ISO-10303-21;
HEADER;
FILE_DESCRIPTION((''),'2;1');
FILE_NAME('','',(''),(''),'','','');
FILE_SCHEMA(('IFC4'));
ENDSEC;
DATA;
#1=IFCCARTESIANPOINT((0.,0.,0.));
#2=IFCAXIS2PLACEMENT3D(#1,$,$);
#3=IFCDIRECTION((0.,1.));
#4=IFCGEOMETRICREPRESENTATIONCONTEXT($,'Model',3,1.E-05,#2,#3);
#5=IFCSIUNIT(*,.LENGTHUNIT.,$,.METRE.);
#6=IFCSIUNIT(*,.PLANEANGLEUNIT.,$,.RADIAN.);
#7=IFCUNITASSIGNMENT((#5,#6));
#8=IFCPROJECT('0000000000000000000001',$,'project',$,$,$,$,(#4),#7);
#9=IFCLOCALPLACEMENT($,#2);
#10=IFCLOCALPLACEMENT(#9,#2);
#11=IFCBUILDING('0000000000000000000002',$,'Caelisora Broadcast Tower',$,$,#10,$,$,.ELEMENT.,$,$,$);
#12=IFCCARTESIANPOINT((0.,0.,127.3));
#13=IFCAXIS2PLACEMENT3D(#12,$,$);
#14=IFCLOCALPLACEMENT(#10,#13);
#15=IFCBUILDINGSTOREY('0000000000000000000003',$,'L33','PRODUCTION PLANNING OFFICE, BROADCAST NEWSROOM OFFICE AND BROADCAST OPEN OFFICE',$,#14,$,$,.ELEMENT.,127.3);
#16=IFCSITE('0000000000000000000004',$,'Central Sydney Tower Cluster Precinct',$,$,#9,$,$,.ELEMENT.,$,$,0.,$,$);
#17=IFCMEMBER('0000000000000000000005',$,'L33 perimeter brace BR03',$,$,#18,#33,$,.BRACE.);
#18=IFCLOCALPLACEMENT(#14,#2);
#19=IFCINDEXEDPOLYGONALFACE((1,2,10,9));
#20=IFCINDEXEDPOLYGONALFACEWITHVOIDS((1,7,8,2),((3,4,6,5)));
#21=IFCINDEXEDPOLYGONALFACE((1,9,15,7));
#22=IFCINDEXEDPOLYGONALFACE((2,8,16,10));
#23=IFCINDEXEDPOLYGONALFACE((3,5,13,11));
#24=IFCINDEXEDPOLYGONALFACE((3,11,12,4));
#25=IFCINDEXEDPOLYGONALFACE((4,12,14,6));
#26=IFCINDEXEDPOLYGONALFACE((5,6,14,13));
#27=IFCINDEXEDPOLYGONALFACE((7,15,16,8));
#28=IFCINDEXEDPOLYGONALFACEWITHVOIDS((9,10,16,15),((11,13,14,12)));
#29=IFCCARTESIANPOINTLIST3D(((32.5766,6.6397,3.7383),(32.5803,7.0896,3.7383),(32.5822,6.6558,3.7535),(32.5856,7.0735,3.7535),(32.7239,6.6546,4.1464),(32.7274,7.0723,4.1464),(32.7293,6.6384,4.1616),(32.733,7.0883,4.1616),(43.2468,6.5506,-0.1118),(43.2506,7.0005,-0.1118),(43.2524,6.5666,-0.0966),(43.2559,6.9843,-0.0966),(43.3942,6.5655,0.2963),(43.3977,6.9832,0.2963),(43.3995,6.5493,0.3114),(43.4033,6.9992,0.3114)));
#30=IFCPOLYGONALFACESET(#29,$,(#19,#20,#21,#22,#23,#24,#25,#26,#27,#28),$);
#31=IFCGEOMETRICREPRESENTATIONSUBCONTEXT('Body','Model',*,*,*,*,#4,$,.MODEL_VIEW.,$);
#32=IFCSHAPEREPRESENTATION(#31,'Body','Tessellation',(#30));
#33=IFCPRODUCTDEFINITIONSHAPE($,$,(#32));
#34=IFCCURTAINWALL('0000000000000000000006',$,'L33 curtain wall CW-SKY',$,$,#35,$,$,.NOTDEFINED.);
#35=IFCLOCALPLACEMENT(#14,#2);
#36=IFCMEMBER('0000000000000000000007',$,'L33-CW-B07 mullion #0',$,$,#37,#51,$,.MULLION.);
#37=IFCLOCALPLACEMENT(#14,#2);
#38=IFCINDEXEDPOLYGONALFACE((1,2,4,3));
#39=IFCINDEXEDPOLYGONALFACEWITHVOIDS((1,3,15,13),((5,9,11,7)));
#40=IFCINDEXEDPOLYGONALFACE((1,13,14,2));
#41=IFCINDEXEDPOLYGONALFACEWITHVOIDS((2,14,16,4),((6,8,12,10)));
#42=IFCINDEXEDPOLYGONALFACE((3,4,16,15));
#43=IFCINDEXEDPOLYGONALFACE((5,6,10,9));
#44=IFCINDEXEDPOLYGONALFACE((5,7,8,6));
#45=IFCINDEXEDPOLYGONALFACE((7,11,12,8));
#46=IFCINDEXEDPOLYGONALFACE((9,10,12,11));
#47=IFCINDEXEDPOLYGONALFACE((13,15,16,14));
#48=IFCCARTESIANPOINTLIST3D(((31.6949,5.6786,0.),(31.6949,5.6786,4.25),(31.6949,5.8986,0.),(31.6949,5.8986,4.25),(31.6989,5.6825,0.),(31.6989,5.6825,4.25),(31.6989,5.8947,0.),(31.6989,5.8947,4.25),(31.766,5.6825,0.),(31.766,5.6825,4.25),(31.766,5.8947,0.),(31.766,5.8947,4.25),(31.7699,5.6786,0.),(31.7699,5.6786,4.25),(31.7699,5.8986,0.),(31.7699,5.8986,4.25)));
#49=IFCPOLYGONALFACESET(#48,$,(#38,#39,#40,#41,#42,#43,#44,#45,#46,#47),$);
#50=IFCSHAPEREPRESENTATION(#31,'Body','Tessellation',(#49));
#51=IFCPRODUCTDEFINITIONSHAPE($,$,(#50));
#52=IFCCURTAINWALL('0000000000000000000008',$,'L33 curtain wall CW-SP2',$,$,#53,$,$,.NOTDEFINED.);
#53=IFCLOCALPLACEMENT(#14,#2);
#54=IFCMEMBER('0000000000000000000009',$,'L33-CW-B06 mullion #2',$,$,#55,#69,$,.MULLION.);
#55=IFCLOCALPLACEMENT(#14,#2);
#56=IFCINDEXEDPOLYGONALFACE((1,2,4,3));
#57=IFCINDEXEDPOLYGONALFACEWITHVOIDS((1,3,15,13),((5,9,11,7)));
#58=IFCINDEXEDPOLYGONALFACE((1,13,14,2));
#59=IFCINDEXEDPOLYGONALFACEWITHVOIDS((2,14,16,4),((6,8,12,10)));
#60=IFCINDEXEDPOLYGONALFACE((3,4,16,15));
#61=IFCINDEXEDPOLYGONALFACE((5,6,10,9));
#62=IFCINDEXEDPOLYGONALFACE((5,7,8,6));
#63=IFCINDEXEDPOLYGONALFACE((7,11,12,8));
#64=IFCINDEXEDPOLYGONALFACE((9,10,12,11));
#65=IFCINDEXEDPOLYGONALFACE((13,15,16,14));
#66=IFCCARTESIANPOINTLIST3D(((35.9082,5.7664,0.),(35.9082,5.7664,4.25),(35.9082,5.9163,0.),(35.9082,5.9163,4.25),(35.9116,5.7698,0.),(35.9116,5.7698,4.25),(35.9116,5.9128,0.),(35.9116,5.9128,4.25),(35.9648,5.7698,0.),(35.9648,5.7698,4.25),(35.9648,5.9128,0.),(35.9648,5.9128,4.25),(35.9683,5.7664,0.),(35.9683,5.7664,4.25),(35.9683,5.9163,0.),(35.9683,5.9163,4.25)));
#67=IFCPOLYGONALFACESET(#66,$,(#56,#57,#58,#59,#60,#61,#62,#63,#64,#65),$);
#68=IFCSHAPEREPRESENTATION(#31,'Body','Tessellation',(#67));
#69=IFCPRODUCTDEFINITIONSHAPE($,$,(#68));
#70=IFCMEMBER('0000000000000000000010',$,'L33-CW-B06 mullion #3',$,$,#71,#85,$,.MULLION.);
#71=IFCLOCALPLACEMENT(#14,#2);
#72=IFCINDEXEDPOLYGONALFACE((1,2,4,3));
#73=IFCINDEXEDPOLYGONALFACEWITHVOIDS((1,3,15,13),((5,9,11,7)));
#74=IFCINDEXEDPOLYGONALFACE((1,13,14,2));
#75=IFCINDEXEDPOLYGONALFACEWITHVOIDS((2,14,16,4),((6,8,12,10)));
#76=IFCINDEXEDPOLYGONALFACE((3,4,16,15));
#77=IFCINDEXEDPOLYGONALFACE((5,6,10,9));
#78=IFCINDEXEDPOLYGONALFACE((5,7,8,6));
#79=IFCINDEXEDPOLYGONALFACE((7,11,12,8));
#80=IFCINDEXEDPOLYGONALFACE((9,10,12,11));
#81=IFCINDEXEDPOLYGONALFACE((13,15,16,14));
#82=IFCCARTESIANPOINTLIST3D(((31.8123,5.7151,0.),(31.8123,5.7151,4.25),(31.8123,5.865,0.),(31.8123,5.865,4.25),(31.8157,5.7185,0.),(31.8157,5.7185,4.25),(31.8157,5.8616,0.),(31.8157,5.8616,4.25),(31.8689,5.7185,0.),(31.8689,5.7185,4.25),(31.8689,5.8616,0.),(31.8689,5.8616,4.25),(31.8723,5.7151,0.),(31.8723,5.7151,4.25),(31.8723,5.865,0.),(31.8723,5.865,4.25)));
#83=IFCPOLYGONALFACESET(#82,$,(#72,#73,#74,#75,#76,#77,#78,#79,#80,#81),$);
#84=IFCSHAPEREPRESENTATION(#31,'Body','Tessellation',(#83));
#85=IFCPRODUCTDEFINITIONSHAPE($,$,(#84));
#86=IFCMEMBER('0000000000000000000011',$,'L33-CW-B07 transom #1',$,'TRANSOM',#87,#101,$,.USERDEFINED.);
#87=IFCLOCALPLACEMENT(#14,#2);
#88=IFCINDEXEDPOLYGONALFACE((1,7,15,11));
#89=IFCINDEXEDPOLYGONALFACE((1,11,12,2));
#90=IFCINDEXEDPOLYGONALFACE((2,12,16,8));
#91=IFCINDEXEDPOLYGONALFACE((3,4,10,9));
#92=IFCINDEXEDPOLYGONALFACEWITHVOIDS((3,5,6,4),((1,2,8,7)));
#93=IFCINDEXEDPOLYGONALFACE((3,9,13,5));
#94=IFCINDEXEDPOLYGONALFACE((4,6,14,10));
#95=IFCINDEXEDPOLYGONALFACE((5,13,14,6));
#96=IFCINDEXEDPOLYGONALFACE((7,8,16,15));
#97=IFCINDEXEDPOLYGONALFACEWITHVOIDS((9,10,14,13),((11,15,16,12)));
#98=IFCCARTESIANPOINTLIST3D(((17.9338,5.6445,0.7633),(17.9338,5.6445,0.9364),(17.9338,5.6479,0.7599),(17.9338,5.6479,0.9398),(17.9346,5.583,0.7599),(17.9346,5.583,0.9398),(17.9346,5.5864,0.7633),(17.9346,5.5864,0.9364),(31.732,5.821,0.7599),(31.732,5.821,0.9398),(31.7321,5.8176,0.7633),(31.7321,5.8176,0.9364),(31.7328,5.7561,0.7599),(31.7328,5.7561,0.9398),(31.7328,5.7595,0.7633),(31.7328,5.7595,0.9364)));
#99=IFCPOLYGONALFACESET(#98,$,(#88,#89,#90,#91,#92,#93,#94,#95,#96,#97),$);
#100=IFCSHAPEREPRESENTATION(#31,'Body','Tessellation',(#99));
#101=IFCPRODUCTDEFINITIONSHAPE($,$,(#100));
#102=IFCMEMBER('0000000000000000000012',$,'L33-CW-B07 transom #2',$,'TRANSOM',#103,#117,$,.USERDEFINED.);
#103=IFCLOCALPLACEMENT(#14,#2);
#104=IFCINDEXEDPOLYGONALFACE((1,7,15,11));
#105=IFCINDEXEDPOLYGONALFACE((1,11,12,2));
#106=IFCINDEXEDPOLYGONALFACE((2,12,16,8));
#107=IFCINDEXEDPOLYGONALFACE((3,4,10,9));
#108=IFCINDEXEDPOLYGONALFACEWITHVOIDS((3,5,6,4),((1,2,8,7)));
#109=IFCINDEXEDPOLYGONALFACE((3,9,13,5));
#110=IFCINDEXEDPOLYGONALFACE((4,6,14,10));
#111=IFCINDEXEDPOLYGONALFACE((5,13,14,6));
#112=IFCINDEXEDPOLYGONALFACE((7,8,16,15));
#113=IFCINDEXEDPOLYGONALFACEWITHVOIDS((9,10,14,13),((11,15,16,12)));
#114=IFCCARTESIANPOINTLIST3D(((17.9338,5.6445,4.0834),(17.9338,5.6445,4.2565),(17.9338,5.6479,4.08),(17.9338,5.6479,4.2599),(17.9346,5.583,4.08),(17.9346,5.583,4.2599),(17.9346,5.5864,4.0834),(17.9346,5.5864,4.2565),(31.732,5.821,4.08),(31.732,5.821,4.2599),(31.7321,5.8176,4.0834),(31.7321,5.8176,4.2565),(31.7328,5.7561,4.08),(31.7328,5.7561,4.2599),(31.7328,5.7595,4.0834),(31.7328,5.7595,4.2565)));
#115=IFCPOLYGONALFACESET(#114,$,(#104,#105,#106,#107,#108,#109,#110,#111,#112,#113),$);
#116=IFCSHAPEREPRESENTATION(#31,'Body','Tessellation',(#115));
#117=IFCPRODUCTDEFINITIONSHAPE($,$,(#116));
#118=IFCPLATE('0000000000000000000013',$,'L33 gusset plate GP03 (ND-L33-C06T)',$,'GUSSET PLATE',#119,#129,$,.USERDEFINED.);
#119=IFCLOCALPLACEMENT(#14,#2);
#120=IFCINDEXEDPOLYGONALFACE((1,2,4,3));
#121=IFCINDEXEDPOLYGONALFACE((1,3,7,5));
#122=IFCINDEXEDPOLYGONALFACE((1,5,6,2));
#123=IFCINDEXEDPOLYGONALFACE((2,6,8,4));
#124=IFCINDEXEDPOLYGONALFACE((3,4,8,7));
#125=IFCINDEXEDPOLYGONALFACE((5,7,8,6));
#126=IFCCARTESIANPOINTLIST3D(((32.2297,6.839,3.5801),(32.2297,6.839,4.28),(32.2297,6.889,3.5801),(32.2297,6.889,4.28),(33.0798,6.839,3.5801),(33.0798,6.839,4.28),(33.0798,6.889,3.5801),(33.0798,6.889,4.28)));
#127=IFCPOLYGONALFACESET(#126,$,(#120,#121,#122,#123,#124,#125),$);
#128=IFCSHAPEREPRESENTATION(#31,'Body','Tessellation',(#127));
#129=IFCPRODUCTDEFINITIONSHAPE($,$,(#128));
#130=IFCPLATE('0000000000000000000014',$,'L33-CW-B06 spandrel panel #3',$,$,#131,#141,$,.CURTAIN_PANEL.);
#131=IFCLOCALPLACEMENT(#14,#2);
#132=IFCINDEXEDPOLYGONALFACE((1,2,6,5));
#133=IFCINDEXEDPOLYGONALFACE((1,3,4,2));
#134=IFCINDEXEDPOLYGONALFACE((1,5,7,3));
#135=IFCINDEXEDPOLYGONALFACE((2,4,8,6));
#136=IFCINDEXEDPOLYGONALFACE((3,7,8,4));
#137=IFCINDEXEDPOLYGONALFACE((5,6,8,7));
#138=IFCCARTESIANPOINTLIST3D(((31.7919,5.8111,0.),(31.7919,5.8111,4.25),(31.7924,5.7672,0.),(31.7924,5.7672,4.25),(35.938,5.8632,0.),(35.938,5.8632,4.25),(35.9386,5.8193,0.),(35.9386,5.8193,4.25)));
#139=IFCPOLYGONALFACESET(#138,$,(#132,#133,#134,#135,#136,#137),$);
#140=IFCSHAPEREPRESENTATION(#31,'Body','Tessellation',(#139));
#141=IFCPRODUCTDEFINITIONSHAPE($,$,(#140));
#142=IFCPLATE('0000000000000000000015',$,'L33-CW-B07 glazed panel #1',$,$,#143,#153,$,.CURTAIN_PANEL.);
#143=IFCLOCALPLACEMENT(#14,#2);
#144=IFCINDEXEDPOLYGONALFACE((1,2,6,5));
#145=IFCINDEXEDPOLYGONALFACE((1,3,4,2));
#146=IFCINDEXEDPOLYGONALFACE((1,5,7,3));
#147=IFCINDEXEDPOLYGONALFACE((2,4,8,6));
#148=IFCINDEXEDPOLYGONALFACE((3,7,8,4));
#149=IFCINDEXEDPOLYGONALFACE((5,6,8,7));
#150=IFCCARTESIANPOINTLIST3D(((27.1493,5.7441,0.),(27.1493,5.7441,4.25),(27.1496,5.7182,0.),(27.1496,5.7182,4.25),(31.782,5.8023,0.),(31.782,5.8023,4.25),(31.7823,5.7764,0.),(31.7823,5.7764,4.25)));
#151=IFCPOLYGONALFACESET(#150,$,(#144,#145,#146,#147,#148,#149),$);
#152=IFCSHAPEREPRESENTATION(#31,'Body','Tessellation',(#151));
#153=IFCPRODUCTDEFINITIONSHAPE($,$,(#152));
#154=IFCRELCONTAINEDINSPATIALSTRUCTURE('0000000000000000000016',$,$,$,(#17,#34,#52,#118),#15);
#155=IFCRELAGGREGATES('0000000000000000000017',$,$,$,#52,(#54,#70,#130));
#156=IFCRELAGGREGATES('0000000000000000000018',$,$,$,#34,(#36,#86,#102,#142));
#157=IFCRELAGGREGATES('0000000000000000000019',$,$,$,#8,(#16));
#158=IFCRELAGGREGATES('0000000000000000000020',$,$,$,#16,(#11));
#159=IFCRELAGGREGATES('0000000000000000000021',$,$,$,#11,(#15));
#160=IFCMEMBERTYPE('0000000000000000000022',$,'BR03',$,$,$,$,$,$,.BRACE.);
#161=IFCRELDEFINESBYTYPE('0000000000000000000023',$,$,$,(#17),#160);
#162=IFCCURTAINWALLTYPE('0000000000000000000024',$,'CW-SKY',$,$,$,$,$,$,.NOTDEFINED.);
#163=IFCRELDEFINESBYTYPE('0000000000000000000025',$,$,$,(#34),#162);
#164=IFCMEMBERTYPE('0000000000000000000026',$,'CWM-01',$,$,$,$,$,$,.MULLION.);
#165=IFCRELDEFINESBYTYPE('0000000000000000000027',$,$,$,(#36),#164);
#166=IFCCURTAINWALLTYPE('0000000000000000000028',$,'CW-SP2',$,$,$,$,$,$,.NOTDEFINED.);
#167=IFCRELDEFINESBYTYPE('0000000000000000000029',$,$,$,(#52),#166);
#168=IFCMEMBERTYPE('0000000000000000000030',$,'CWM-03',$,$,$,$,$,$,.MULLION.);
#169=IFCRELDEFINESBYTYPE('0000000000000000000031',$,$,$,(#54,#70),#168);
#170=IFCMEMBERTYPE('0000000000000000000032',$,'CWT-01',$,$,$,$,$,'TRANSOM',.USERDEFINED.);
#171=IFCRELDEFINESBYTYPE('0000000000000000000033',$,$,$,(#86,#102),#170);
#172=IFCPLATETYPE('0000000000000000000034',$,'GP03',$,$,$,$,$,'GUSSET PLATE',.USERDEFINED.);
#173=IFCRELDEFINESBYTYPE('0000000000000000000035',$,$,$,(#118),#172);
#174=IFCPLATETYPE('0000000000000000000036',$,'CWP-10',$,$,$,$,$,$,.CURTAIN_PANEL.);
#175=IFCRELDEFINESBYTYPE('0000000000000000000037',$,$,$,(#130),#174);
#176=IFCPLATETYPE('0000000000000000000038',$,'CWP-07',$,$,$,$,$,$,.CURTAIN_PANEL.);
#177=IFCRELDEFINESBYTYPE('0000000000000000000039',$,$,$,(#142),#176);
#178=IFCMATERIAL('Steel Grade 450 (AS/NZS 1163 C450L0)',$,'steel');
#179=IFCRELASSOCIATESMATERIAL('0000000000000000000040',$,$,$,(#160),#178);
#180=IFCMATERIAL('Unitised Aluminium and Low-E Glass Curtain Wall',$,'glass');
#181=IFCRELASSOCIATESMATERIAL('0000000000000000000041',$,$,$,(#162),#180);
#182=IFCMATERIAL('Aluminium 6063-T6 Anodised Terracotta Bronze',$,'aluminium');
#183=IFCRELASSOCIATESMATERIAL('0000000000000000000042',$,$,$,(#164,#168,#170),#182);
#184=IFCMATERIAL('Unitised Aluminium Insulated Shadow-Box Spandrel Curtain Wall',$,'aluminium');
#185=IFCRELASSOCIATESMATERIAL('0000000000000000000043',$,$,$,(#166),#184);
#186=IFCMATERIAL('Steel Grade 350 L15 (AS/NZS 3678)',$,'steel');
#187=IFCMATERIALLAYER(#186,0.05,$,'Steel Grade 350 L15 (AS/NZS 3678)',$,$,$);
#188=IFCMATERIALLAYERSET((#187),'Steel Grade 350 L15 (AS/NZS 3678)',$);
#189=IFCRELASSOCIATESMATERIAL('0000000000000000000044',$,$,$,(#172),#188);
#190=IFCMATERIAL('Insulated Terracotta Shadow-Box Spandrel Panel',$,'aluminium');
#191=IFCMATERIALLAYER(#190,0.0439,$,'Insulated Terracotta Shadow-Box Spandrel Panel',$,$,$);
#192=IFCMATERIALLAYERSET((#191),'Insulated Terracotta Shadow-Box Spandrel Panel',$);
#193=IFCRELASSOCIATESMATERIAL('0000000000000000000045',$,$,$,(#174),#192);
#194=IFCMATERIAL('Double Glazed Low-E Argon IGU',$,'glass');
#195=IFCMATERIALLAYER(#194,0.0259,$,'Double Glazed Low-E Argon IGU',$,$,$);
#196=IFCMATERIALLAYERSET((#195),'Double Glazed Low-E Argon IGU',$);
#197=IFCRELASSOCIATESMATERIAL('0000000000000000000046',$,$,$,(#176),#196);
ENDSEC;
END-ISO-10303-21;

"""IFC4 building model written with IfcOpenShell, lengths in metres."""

from ifc_helpers import new_model, si_unit, direction, frame, origin, origin_2d, place, context, subcontext, project, spatial, rectangle, hollow_rectangle, extrude, source, transform, mapped, material, layer, layer_set, material_profile, profile_set, type_object, type_shapes, element, aggregate, save


model = new_model("IFC4")

# Units and contexts
model_context = context("Model", 3, precision=1e-05, world=origin(), true_north=direction((0.0, 1.0)))
body_context = subcontext(model_context, "Body", "Model", "MODEL_VIEW")
ifc_project = project(units=[si_unit("LENGTHUNIT", "METRE"), si_unit("PLANEANGLEUNIT", "RADIAN")], contexts=[model_context])

# Site, building, storey
site_placement = place(None, origin())
site = spatial("IfcSite", under=ifc_project, at=site_placement, Name="Central Sydney Tower Cluster Precinct", CompositionType="ELEMENT", RefElevation=0.0)
building_placement = place(site_placement, origin())
building = spatial("IfcBuilding", under=site, at=building_placement, Name="Caelisora Broadcast Tower", CompositionType="ELEMENT")
storey_placement = place(building_placement, frame((0.0, 0.0, 127.3)))
storey = spatial("IfcBuildingStorey", under=building, at=storey_placement, Name="L33", Description="PRODUCTION PLANNING OFFICE, BROADCAST NEWSROOM OFFICE AND BROADCAST OPEN OFFICE", CompositionType="ELEMENT", Elevation=127.3)

# Shared definitions
ifc_material_1 = material(Name="Steel Grade 350 L15 (AS/NZS 3678)", Category="steel")

# Member
ifc_material_2 = material(Name="Steel Grade 450 (AS/NZS 1163 C450L0)", Category="steel")
ifc_material_profile_1 = material_profile(ifc_material_2, hollow_rectangle(XDim=0.45, YDim=0.45, WallThickness=0.0161, at=origin_2d()), Name="Steel Grade 450 (AS/NZS 1163 C450L0)")
ifc_profile_set_1 = profile_set([ifc_material_profile_1], Name="Steel Grade 450 (AS/NZS 1163 C450L0)")
member_type_1 = type_object("IfcMemberType", Name="BR03", PredefinedType="BRACE", material=ifc_profile_set_1)
shared_shape_1 = source(origin(), body_context, "Body", "SweptSolid", [
    extrude(hollow_rectangle(XDim=0.45, YDim=0.45, WallThickness=0.0161, at=origin_2d()), origin(), (0.0, 0.0, 1.0), 11.344),
])
type_shapes(member_type_1, [shared_shape_1])
member_1_placement = place(storey_placement, frame((32.6548, 6.864, 3.95), z_axis=(0.94061, -0.007855, -0.339399), x_axis=(0.008351, 0.999965, 0.0)))
element("IfcMember", 1, at=member_1_placement, inside=storey, type_object=member_type_1, Name="L33 perimeter brace BR03", PredefinedType="BRACE", context=body_context, shape_type="MappedRepresentation", body=[
    mapped(shared_shape_1, transform((0.0, 0.0, 0.0), scale=1.0)),
])

# Curtain wall, member
ifc_material_3 = material(Name="Unitised Aluminium and Low-E Glass Curtain Wall", Category="glass")
curtain_wall_type_1 = type_object("IfcCurtainWallType", Name="CW-SKY", PredefinedType="NOTDEFINED", material=ifc_material_3)
curtain_wall_1_placement = place(storey_placement, origin())
curtain_wall_1 = element("IfcCurtainWall", 2, at=curtain_wall_1_placement, inside=storey, type_object=curtain_wall_type_1, Name="L33 curtain wall CW-SKY", PredefinedType="NOTDEFINED")
ifc_material_4 = material(Name="Aluminium 6063-T6 Anodised Terracotta Bronze", Category="aluminium")
ifc_material_profile_2 = material_profile(ifc_material_4, hollow_rectangle(XDim=0.075, YDim=0.22, WallThickness=0.0039, at=origin_2d()), Name="Aluminium 6063-T6 Anodised Terracotta Bronze")
ifc_profile_set_2 = profile_set([ifc_material_profile_2], Name="Aluminium 6063-T6 Anodised Terracotta Bronze")
member_type_2 = type_object("IfcMemberType", Name="CWM-01", PredefinedType="MULLION", material=ifc_profile_set_2)
shared_shape_2 = source(origin(), body_context, "Body", "SweptSolid", [
    extrude(hollow_rectangle(XDim=0.075, YDim=0.22, WallThickness=0.0039, at=origin_2d()), origin(), (0.0, 0.0, 1.0), 4.25),
])
type_shapes(member_type_2, [shared_shape_2])
member_2_placement = place(storey_placement, frame((31.7324, 5.7886, 0.0), z_axis=(0.0, 0.0, 1.0), x_axis=(1.0, 0.0, 0.0)))
member_2 = element("IfcMember", 3, at=member_2_placement, type_object=member_type_2, Name="L33-CW-B07 mullion #0", PredefinedType="MULLION", context=body_context, shape_type="MappedRepresentation", body=[
    mapped(shared_shape_2, transform((0.0, 0.0, 0.0), scale=1.0)),
])

# Curtain wall, members
ifc_material_5 = material(Name="Unitised Aluminium Insulated Shadow-Box Spandrel Curtain Wall", Category="aluminium")
curtain_wall_type_2 = type_object("IfcCurtainWallType", Name="CW-SP2", PredefinedType="NOTDEFINED", material=ifc_material_5)
curtain_wall_2_placement = place(storey_placement, origin())
curtain_wall_2 = element("IfcCurtainWall", 4, at=curtain_wall_2_placement, inside=storey, type_object=curtain_wall_type_2, Name="L33 curtain wall CW-SP2", PredefinedType="NOTDEFINED")
ifc_material_profile_3 = material_profile(ifc_material_4, hollow_rectangle(XDim=0.0601, YDim=0.1499, WallThickness=0.0034, at=origin_2d()), Name="Aluminium 6063-T6 Anodised Terracotta Bronze")
ifc_profile_set_3 = profile_set([ifc_material_profile_3], Name="Aluminium 6063-T6 Anodised Terracotta Bronze")
member_type_3 = type_object("IfcMemberType", Name="CWM-03", PredefinedType="MULLION", material=ifc_profile_set_3)
shared_shape_3 = source(origin(), body_context, "Body", "SweptSolid", [
    extrude(hollow_rectangle(XDim=0.0601, YDim=0.1499, WallThickness=0.0034, at=origin_2d()), origin(), (0.0, 0.0, 1.0), 4.25),
])
type_shapes(member_type_3, [shared_shape_3])
member_3_placement = place(storey_placement, frame((35.9382, 5.8413, 0.0), z_axis=(0.0, 0.0, 1.0), x_axis=(1.0, 0.0, 0.0)))
member_3 = element("IfcMember", 5, at=member_3_placement, type_object=member_type_3, Name="L33-CW-B06 mullion #2", PredefinedType="MULLION", context=body_context, shape_type="MappedRepresentation", body=[
    mapped(shared_shape_3, transform((0.0, 0.0, 0.0), scale=1.0)),
])
member_4_placement = place(storey_placement, frame((31.8423, 5.79, 0.0), z_axis=(0.0, 0.0, 1.0), x_axis=(1.0, 0.0, 0.0)))
member_4 = element("IfcMember", 6, at=member_4_placement, type_object=member_type_3, Name="L33-CW-B06 mullion #3", PredefinedType="MULLION", context=body_context, shape_type="MappedRepresentation", body=[
    mapped(shared_shape_3, transform((0.0, 0.0, 0.0), scale=1.0)),
])

# Members
ifc_material_profile_4 = material_profile(ifc_material_4, hollow_rectangle(XDim=0.0649, YDim=0.1799, WallThickness=0.0034, at=origin_2d()), Name="Aluminium 6063-T6 Anodised Terracotta Bronze")
ifc_profile_set_4 = profile_set([ifc_material_profile_4], Name="Aluminium 6063-T6 Anodised Terracotta Bronze")
member_type_4 = type_object("IfcMemberType", Name="CWT-01", ElementType="TRANSOM", PredefinedType="USERDEFINED", material=ifc_profile_set_4)
shared_shape_4 = source(origin(), body_context, "Body", "SweptSolid", [
    extrude(hollow_rectangle(XDim=0.0649, YDim=0.1799, WallThickness=0.0034, at=origin_2d()), origin(), (0.0, 0.0, 1.0), 13.7993),
])
type_shapes(member_type_4, [shared_shape_4])
member_5_placement = place(storey_placement, frame((31.7324, 5.7886, 0.8499), z_axis=(-0.999921, -0.012544, 0.0), x_axis=(0.012544, -0.999921, 0.0)))
member_5 = element("IfcMember", 7, at=member_5_placement, type_object=member_type_4, Name="L33-CW-B07 transom #1", ObjectType="TRANSOM", PredefinedType="USERDEFINED", context=body_context, shape_type="MappedRepresentation", body=[
    mapped(shared_shape_4, transform((0.0, 0.0, 0.0), scale=1.0)),
])
member_6_placement = place(storey_placement, frame((31.7324, 5.7886, 4.1699), z_axis=(-0.999921, -0.012544, 0.0), x_axis=(0.012544, -0.999921, 0.0)))
member_6 = element("IfcMember", 8, at=member_6_placement, type_object=member_type_4, Name="L33-CW-B07 transom #2", ObjectType="TRANSOM", PredefinedType="USERDEFINED", context=body_context, shape_type="MappedRepresentation", body=[
    mapped(shared_shape_4, transform((0.0, 0.0, 0.0), scale=1.0)),
])

# Plates
ifc_layer_1 = layer(ifc_material_1, 0.05, Name="Steel Grade 350 L15 (AS/NZS 3678)")
ifc_layer_set_1 = layer_set([ifc_layer_1], Name="Steel Grade 350 L15 (AS/NZS 3678)")
plate_type_1 = type_object("IfcPlateType", Name="GP03", ElementType="GUSSET PLATE", PredefinedType="USERDEFINED", material=ifc_layer_set_1)
shared_shape_5 = source(origin(), body_context, "Body", "SweptSolid", [
    extrude(rectangle(XDim=0.8501, YDim=0.05, at=origin_2d()), origin(), (0.0, 0.0, 1.0), 0.7),
])
type_shapes(plate_type_1, [shared_shape_5])
plate_1_placement = place(storey_placement, frame((32.6548, 6.864, 3.5801), z_axis=(0.0, 0.0, 1.0), x_axis=(1.0, 0.0, 0.0)))
element("IfcPlate", 9, at=plate_1_placement, inside=storey, type_object=plate_type_1, Name="L33 gusset plate GP03 (ND-L33-C06T)", ObjectType="GUSSET PLATE", PredefinedType="USERDEFINED", context=body_context, shape_type="MappedRepresentation", body=[
    mapped(shared_shape_5, transform((0.0, 0.0, 0.0), scale=1.0)),
])
ifc_material_6 = material(Name="Insulated Terracotta Shadow-Box Spandrel Panel", Category="aluminium")
ifc_layer_2 = layer(ifc_material_6, 0.0439, Name="Insulated Terracotta Shadow-Box Spandrel Panel")
ifc_layer_set_2 = layer_set([ifc_layer_2], Name="Insulated Terracotta Shadow-Box Spandrel Panel")
plate_type_2 = type_object("IfcPlateType", Name="CWP-10", PredefinedType="CURTAIN_PANEL", material=ifc_layer_set_2)
shared_shape_6 = source(origin(), body_context, "Body", "SweptSolid", [
    extrude(rectangle(XDim=4.1465, YDim=0.0439, at=origin_2d()), origin(), (0.0, 0.0, 1.0), 4.25),
])
type_shapes(plate_type_2, [shared_shape_6])
plate_2_placement = place(storey_placement, frame((33.8652, 5.8152, 0.0), z_axis=(0.0, 0.0, 1.0), x_axis=(-0.999921, -0.012566, 0.0)))
plate_2 = element("IfcPlate", 10, at=plate_2_placement, type_object=plate_type_2, Name="L33-CW-B06 spandrel panel #3", PredefinedType="CURTAIN_PANEL", context=body_context, shape_type="MappedRepresentation", body=[
    mapped(shared_shape_6, transform((0.0, 0.0, 0.0), scale=1.0)),
])
aggregate(curtain_wall_2, [member_3, member_4, plate_2])
ifc_material_7 = material(Name="Double Glazed Low-E Argon IGU", Category="glass")
ifc_layer_3 = layer(ifc_material_7, 0.0259, Name="Double Glazed Low-E Argon IGU")
ifc_layer_set_3 = layer_set([ifc_layer_3], Name="Double Glazed Low-E Argon IGU")
plate_type_3 = type_object("IfcPlateType", Name="CWP-07", PredefinedType="CURTAIN_PANEL", material=ifc_layer_set_3)
shared_shape_7 = source(origin(), body_context, "Body", "SweptSolid", [
    extrude(rectangle(XDim=4.6331, YDim=0.0259, at=origin_2d()), origin(), (0.0, 0.0, 1.0), 4.25),
])
type_shapes(plate_type_3, [shared_shape_7])
plate_3_placement = place(storey_placement, frame((29.4658, 5.7603, 0.0), z_axis=(0.0, 0.0, 1.0), x_axis=(-0.999921, -0.012566, 0.0)))
plate_3 = element("IfcPlate", 11, at=plate_3_placement, type_object=plate_type_3, Name="L33-CW-B07 glazed panel #1", PredefinedType="CURTAIN_PANEL", context=body_context, shape_type="MappedRepresentation", body=[
    mapped(shared_shape_7, transform((0.0, 0.0, 0.0), scale=1.0)),
])
aggregate(curtain_wall_1, [member_2, member_5, member_6, plate_3])

save(model, "model.ifc")
